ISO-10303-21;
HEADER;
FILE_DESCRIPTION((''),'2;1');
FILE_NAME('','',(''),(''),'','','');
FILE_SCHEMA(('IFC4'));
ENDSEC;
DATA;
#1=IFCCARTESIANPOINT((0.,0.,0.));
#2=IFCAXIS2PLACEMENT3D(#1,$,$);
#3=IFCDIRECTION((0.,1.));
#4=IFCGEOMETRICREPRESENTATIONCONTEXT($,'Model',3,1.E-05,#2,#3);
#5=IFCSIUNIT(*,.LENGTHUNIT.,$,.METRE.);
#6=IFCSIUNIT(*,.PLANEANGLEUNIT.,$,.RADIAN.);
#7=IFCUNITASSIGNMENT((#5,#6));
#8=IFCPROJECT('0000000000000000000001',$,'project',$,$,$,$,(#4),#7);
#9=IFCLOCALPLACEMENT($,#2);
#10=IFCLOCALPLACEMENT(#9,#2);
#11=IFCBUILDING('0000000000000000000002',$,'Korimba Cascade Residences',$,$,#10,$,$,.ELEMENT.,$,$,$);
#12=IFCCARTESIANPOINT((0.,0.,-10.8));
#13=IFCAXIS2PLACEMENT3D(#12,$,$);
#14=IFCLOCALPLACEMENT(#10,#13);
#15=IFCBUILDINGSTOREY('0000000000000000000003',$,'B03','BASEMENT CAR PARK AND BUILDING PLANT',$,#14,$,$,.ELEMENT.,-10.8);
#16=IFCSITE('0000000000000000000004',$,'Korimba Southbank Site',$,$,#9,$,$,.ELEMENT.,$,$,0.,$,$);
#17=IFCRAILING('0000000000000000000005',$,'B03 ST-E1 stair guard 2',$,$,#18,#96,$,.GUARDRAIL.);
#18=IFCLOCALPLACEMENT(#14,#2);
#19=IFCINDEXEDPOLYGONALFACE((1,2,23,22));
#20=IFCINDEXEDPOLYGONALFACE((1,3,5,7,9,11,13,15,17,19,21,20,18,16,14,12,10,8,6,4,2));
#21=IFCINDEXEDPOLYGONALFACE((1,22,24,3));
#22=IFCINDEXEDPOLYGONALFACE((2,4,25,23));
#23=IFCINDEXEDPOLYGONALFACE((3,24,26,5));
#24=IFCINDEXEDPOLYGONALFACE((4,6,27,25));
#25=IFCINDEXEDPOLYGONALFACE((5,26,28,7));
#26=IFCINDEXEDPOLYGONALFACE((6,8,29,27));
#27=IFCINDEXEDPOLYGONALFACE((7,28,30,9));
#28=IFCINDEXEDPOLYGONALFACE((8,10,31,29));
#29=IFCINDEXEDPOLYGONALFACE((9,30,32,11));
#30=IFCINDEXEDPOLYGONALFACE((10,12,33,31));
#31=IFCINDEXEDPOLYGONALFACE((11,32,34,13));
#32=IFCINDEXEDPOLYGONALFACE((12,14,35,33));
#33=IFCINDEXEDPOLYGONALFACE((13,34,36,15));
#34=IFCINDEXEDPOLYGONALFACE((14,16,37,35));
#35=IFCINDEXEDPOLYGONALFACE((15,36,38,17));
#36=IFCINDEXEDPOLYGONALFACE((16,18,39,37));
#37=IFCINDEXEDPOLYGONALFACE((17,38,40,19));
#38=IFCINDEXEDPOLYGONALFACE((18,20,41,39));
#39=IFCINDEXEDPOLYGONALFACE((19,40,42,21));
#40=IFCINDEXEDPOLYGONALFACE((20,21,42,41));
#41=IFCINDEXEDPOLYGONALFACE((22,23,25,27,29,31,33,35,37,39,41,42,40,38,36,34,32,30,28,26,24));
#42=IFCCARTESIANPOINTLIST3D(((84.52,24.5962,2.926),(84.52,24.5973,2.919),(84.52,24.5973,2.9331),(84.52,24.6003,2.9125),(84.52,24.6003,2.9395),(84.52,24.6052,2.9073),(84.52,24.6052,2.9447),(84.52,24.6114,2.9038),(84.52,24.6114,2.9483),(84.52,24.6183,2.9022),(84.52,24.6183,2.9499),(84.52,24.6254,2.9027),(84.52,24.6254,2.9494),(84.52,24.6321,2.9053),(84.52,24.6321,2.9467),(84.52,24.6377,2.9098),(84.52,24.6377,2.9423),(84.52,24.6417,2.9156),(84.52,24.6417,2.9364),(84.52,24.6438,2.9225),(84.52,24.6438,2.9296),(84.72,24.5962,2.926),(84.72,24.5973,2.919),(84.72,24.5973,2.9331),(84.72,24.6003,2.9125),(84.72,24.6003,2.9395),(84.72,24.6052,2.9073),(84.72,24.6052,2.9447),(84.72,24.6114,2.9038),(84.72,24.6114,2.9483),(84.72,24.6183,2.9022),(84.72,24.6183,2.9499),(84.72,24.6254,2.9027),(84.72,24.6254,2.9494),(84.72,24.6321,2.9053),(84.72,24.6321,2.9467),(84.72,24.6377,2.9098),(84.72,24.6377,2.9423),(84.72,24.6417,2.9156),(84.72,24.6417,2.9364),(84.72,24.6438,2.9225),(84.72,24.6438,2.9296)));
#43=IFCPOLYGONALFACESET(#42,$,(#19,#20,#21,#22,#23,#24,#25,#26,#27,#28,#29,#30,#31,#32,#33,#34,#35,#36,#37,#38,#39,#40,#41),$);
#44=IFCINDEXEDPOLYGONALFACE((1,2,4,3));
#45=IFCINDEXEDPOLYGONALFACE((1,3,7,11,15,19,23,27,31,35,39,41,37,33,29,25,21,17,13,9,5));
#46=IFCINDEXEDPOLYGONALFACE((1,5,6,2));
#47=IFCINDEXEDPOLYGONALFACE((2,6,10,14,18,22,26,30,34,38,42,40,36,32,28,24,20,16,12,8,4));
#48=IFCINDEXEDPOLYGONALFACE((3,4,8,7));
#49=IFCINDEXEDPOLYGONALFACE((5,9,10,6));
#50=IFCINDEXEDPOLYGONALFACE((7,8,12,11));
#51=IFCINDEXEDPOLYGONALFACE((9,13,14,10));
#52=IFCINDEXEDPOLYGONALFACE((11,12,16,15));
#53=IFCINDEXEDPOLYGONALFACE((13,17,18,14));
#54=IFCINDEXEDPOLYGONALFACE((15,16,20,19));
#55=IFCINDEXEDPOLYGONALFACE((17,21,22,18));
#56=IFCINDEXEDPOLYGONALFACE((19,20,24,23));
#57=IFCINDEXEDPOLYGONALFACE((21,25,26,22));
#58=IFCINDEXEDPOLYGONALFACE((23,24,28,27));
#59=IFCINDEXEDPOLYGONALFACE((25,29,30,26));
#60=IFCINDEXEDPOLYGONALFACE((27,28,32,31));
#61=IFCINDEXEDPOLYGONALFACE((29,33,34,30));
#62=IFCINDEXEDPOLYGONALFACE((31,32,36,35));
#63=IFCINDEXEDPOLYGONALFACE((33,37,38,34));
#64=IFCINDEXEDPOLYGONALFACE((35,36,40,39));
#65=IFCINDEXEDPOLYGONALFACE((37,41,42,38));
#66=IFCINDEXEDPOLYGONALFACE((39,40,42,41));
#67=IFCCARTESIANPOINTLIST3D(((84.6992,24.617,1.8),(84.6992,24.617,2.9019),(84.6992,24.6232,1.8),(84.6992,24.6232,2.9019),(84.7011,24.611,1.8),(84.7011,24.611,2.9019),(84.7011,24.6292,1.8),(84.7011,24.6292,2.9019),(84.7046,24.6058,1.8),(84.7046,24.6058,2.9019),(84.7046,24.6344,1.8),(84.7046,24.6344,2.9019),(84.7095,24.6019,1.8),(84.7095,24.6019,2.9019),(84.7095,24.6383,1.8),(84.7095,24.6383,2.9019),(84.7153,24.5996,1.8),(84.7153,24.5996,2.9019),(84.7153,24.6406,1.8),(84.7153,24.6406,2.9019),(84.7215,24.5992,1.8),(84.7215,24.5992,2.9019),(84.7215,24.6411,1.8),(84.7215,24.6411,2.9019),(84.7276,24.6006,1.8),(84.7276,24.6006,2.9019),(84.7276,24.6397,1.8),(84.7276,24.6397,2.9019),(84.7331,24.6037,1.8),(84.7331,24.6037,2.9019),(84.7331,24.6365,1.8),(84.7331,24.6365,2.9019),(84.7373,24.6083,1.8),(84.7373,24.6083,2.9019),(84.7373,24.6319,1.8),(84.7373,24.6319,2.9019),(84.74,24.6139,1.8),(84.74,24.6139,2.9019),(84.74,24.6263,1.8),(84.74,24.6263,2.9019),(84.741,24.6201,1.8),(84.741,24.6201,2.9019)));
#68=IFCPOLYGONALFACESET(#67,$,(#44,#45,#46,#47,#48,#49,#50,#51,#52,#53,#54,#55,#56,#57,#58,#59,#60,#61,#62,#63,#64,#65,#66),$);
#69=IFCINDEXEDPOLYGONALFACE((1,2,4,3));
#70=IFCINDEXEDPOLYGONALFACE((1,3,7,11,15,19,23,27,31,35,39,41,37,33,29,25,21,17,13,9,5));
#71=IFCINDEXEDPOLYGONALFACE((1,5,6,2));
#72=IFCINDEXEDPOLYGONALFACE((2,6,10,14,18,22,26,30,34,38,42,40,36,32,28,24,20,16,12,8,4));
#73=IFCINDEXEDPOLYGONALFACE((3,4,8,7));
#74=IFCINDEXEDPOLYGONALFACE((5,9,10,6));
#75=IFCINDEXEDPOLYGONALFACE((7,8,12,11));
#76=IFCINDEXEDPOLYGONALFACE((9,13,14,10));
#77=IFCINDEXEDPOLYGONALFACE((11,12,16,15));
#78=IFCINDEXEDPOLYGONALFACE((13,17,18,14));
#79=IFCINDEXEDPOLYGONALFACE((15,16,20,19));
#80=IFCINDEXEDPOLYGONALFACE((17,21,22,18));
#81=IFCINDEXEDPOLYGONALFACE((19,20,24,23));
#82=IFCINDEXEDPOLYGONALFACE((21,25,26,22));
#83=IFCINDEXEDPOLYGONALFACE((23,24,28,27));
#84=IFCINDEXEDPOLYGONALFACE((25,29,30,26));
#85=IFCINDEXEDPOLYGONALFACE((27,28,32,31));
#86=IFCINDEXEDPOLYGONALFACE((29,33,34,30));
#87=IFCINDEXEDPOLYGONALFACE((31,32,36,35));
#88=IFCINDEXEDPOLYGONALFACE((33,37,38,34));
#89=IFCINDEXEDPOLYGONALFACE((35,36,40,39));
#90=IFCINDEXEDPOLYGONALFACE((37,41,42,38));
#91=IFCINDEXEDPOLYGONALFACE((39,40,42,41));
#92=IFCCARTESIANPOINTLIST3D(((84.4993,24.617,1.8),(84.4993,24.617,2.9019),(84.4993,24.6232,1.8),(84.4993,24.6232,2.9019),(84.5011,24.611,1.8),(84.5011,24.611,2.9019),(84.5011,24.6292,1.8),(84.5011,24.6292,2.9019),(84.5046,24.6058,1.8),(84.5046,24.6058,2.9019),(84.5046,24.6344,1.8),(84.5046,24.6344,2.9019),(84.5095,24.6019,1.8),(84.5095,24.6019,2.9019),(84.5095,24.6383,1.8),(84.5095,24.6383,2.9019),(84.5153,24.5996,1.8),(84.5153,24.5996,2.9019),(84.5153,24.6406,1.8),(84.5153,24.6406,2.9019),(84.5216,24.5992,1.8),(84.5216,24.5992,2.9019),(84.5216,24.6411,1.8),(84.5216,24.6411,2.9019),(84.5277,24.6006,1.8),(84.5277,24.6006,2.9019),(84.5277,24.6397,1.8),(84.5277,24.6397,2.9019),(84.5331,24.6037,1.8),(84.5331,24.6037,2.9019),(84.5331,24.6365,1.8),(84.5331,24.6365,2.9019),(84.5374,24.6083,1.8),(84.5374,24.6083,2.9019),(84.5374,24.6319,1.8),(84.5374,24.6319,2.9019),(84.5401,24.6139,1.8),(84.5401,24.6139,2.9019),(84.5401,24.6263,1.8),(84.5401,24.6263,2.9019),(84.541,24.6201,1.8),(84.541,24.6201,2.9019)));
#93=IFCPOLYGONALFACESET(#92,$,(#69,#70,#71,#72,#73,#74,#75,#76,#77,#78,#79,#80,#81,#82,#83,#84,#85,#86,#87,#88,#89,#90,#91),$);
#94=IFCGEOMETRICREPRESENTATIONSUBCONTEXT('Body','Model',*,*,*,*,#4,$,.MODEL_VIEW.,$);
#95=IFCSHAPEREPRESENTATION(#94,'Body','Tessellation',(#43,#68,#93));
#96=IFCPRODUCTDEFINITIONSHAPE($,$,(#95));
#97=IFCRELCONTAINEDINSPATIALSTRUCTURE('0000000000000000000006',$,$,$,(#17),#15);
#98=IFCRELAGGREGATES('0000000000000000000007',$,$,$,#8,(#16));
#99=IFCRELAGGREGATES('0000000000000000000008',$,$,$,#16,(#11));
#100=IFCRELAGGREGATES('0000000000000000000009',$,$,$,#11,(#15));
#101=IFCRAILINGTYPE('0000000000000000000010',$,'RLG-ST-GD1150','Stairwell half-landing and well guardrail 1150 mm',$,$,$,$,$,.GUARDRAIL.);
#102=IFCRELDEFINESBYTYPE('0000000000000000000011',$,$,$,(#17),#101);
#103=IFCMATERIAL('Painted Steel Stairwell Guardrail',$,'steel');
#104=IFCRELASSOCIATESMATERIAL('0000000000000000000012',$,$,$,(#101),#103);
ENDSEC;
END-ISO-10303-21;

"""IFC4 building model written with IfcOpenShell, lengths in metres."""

from ifc_helpers import new_model, si_unit, direction, frame, origin, origin_2d, place, context, subcontext, project, spatial, circle, extrude, material, type_object, element, save


model = new_model("IFC4")

# Units and contexts
model_context = context("Model", 3, precision=1e-05, world=origin(), true_north=direction((0.0, 1.0)))
body_context = subcontext(model_context, "Body", "Model", "MODEL_VIEW")
ifc_project = project(units=[si_unit("LENGTHUNIT", "METRE"), si_unit("PLANEANGLEUNIT", "RADIAN")], contexts=[model_context])

# Site, building, storey
site_placement = place(None, origin())
site = spatial("IfcSite", under=ifc_project, at=site_placement, Name="Korimba Southbank Site", CompositionType="ELEMENT", RefElevation=0.0)
building_placement = place(site_placement, origin())
building = spatial("IfcBuilding", under=site, at=building_placement, Name="Korimba Cascade Residences", CompositionType="ELEMENT")
storey_placement = place(building_placement, frame((0.0, 0.0, -10.8)))
storey = spatial("IfcBuildingStorey", under=building, at=storey_placement, Name="B03", Description="BASEMENT CAR PARK AND BUILDING PLANT", CompositionType="ELEMENT", Elevation=-10.8)

# Railing
ifc_material_1 = material(Name="Painted Steel Stairwell Guardrail", Category="steel")
railing_type_1 = type_object("IfcRailingType", Name="RLG-ST-GD1150", Description="Stairwell half-landing and well guardrail 1150 mm", PredefinedType="GUARDRAIL", material=ifc_material_1)
railing_1_placement = place(storey_placement, frame((84.72, 24.6201, 1.8)))
element("IfcRailing", 1, at=railing_1_placement, inside=storey, type_object=railing_type_1, Name="B03 ST-E1 stair guard 2", PredefinedType="GUARDRAIL", context=body_context, shape_type="SweptSolid", body=[
    extrude(circle(Radius=0.0239, at=origin_2d()), frame((0.0, 0.0, 1.126), z_axis=(-1.0, 0.0, 0.0), x_axis=(0.0, -1.0, 0.0)), (0.0, 0.0, 1.0), 0.2),
    extrude(circle(Radius=0.021, at=origin_2d()), origin(), (0.0, 0.0, 1.0), 1.1018),
    extrude(circle(Radius=0.021, at=origin_2d()), frame((-0.2, 0.0, 0.0)), (0.0, 0.0, 1.0), 1.1018),
])

save(model, "model.ifc")
